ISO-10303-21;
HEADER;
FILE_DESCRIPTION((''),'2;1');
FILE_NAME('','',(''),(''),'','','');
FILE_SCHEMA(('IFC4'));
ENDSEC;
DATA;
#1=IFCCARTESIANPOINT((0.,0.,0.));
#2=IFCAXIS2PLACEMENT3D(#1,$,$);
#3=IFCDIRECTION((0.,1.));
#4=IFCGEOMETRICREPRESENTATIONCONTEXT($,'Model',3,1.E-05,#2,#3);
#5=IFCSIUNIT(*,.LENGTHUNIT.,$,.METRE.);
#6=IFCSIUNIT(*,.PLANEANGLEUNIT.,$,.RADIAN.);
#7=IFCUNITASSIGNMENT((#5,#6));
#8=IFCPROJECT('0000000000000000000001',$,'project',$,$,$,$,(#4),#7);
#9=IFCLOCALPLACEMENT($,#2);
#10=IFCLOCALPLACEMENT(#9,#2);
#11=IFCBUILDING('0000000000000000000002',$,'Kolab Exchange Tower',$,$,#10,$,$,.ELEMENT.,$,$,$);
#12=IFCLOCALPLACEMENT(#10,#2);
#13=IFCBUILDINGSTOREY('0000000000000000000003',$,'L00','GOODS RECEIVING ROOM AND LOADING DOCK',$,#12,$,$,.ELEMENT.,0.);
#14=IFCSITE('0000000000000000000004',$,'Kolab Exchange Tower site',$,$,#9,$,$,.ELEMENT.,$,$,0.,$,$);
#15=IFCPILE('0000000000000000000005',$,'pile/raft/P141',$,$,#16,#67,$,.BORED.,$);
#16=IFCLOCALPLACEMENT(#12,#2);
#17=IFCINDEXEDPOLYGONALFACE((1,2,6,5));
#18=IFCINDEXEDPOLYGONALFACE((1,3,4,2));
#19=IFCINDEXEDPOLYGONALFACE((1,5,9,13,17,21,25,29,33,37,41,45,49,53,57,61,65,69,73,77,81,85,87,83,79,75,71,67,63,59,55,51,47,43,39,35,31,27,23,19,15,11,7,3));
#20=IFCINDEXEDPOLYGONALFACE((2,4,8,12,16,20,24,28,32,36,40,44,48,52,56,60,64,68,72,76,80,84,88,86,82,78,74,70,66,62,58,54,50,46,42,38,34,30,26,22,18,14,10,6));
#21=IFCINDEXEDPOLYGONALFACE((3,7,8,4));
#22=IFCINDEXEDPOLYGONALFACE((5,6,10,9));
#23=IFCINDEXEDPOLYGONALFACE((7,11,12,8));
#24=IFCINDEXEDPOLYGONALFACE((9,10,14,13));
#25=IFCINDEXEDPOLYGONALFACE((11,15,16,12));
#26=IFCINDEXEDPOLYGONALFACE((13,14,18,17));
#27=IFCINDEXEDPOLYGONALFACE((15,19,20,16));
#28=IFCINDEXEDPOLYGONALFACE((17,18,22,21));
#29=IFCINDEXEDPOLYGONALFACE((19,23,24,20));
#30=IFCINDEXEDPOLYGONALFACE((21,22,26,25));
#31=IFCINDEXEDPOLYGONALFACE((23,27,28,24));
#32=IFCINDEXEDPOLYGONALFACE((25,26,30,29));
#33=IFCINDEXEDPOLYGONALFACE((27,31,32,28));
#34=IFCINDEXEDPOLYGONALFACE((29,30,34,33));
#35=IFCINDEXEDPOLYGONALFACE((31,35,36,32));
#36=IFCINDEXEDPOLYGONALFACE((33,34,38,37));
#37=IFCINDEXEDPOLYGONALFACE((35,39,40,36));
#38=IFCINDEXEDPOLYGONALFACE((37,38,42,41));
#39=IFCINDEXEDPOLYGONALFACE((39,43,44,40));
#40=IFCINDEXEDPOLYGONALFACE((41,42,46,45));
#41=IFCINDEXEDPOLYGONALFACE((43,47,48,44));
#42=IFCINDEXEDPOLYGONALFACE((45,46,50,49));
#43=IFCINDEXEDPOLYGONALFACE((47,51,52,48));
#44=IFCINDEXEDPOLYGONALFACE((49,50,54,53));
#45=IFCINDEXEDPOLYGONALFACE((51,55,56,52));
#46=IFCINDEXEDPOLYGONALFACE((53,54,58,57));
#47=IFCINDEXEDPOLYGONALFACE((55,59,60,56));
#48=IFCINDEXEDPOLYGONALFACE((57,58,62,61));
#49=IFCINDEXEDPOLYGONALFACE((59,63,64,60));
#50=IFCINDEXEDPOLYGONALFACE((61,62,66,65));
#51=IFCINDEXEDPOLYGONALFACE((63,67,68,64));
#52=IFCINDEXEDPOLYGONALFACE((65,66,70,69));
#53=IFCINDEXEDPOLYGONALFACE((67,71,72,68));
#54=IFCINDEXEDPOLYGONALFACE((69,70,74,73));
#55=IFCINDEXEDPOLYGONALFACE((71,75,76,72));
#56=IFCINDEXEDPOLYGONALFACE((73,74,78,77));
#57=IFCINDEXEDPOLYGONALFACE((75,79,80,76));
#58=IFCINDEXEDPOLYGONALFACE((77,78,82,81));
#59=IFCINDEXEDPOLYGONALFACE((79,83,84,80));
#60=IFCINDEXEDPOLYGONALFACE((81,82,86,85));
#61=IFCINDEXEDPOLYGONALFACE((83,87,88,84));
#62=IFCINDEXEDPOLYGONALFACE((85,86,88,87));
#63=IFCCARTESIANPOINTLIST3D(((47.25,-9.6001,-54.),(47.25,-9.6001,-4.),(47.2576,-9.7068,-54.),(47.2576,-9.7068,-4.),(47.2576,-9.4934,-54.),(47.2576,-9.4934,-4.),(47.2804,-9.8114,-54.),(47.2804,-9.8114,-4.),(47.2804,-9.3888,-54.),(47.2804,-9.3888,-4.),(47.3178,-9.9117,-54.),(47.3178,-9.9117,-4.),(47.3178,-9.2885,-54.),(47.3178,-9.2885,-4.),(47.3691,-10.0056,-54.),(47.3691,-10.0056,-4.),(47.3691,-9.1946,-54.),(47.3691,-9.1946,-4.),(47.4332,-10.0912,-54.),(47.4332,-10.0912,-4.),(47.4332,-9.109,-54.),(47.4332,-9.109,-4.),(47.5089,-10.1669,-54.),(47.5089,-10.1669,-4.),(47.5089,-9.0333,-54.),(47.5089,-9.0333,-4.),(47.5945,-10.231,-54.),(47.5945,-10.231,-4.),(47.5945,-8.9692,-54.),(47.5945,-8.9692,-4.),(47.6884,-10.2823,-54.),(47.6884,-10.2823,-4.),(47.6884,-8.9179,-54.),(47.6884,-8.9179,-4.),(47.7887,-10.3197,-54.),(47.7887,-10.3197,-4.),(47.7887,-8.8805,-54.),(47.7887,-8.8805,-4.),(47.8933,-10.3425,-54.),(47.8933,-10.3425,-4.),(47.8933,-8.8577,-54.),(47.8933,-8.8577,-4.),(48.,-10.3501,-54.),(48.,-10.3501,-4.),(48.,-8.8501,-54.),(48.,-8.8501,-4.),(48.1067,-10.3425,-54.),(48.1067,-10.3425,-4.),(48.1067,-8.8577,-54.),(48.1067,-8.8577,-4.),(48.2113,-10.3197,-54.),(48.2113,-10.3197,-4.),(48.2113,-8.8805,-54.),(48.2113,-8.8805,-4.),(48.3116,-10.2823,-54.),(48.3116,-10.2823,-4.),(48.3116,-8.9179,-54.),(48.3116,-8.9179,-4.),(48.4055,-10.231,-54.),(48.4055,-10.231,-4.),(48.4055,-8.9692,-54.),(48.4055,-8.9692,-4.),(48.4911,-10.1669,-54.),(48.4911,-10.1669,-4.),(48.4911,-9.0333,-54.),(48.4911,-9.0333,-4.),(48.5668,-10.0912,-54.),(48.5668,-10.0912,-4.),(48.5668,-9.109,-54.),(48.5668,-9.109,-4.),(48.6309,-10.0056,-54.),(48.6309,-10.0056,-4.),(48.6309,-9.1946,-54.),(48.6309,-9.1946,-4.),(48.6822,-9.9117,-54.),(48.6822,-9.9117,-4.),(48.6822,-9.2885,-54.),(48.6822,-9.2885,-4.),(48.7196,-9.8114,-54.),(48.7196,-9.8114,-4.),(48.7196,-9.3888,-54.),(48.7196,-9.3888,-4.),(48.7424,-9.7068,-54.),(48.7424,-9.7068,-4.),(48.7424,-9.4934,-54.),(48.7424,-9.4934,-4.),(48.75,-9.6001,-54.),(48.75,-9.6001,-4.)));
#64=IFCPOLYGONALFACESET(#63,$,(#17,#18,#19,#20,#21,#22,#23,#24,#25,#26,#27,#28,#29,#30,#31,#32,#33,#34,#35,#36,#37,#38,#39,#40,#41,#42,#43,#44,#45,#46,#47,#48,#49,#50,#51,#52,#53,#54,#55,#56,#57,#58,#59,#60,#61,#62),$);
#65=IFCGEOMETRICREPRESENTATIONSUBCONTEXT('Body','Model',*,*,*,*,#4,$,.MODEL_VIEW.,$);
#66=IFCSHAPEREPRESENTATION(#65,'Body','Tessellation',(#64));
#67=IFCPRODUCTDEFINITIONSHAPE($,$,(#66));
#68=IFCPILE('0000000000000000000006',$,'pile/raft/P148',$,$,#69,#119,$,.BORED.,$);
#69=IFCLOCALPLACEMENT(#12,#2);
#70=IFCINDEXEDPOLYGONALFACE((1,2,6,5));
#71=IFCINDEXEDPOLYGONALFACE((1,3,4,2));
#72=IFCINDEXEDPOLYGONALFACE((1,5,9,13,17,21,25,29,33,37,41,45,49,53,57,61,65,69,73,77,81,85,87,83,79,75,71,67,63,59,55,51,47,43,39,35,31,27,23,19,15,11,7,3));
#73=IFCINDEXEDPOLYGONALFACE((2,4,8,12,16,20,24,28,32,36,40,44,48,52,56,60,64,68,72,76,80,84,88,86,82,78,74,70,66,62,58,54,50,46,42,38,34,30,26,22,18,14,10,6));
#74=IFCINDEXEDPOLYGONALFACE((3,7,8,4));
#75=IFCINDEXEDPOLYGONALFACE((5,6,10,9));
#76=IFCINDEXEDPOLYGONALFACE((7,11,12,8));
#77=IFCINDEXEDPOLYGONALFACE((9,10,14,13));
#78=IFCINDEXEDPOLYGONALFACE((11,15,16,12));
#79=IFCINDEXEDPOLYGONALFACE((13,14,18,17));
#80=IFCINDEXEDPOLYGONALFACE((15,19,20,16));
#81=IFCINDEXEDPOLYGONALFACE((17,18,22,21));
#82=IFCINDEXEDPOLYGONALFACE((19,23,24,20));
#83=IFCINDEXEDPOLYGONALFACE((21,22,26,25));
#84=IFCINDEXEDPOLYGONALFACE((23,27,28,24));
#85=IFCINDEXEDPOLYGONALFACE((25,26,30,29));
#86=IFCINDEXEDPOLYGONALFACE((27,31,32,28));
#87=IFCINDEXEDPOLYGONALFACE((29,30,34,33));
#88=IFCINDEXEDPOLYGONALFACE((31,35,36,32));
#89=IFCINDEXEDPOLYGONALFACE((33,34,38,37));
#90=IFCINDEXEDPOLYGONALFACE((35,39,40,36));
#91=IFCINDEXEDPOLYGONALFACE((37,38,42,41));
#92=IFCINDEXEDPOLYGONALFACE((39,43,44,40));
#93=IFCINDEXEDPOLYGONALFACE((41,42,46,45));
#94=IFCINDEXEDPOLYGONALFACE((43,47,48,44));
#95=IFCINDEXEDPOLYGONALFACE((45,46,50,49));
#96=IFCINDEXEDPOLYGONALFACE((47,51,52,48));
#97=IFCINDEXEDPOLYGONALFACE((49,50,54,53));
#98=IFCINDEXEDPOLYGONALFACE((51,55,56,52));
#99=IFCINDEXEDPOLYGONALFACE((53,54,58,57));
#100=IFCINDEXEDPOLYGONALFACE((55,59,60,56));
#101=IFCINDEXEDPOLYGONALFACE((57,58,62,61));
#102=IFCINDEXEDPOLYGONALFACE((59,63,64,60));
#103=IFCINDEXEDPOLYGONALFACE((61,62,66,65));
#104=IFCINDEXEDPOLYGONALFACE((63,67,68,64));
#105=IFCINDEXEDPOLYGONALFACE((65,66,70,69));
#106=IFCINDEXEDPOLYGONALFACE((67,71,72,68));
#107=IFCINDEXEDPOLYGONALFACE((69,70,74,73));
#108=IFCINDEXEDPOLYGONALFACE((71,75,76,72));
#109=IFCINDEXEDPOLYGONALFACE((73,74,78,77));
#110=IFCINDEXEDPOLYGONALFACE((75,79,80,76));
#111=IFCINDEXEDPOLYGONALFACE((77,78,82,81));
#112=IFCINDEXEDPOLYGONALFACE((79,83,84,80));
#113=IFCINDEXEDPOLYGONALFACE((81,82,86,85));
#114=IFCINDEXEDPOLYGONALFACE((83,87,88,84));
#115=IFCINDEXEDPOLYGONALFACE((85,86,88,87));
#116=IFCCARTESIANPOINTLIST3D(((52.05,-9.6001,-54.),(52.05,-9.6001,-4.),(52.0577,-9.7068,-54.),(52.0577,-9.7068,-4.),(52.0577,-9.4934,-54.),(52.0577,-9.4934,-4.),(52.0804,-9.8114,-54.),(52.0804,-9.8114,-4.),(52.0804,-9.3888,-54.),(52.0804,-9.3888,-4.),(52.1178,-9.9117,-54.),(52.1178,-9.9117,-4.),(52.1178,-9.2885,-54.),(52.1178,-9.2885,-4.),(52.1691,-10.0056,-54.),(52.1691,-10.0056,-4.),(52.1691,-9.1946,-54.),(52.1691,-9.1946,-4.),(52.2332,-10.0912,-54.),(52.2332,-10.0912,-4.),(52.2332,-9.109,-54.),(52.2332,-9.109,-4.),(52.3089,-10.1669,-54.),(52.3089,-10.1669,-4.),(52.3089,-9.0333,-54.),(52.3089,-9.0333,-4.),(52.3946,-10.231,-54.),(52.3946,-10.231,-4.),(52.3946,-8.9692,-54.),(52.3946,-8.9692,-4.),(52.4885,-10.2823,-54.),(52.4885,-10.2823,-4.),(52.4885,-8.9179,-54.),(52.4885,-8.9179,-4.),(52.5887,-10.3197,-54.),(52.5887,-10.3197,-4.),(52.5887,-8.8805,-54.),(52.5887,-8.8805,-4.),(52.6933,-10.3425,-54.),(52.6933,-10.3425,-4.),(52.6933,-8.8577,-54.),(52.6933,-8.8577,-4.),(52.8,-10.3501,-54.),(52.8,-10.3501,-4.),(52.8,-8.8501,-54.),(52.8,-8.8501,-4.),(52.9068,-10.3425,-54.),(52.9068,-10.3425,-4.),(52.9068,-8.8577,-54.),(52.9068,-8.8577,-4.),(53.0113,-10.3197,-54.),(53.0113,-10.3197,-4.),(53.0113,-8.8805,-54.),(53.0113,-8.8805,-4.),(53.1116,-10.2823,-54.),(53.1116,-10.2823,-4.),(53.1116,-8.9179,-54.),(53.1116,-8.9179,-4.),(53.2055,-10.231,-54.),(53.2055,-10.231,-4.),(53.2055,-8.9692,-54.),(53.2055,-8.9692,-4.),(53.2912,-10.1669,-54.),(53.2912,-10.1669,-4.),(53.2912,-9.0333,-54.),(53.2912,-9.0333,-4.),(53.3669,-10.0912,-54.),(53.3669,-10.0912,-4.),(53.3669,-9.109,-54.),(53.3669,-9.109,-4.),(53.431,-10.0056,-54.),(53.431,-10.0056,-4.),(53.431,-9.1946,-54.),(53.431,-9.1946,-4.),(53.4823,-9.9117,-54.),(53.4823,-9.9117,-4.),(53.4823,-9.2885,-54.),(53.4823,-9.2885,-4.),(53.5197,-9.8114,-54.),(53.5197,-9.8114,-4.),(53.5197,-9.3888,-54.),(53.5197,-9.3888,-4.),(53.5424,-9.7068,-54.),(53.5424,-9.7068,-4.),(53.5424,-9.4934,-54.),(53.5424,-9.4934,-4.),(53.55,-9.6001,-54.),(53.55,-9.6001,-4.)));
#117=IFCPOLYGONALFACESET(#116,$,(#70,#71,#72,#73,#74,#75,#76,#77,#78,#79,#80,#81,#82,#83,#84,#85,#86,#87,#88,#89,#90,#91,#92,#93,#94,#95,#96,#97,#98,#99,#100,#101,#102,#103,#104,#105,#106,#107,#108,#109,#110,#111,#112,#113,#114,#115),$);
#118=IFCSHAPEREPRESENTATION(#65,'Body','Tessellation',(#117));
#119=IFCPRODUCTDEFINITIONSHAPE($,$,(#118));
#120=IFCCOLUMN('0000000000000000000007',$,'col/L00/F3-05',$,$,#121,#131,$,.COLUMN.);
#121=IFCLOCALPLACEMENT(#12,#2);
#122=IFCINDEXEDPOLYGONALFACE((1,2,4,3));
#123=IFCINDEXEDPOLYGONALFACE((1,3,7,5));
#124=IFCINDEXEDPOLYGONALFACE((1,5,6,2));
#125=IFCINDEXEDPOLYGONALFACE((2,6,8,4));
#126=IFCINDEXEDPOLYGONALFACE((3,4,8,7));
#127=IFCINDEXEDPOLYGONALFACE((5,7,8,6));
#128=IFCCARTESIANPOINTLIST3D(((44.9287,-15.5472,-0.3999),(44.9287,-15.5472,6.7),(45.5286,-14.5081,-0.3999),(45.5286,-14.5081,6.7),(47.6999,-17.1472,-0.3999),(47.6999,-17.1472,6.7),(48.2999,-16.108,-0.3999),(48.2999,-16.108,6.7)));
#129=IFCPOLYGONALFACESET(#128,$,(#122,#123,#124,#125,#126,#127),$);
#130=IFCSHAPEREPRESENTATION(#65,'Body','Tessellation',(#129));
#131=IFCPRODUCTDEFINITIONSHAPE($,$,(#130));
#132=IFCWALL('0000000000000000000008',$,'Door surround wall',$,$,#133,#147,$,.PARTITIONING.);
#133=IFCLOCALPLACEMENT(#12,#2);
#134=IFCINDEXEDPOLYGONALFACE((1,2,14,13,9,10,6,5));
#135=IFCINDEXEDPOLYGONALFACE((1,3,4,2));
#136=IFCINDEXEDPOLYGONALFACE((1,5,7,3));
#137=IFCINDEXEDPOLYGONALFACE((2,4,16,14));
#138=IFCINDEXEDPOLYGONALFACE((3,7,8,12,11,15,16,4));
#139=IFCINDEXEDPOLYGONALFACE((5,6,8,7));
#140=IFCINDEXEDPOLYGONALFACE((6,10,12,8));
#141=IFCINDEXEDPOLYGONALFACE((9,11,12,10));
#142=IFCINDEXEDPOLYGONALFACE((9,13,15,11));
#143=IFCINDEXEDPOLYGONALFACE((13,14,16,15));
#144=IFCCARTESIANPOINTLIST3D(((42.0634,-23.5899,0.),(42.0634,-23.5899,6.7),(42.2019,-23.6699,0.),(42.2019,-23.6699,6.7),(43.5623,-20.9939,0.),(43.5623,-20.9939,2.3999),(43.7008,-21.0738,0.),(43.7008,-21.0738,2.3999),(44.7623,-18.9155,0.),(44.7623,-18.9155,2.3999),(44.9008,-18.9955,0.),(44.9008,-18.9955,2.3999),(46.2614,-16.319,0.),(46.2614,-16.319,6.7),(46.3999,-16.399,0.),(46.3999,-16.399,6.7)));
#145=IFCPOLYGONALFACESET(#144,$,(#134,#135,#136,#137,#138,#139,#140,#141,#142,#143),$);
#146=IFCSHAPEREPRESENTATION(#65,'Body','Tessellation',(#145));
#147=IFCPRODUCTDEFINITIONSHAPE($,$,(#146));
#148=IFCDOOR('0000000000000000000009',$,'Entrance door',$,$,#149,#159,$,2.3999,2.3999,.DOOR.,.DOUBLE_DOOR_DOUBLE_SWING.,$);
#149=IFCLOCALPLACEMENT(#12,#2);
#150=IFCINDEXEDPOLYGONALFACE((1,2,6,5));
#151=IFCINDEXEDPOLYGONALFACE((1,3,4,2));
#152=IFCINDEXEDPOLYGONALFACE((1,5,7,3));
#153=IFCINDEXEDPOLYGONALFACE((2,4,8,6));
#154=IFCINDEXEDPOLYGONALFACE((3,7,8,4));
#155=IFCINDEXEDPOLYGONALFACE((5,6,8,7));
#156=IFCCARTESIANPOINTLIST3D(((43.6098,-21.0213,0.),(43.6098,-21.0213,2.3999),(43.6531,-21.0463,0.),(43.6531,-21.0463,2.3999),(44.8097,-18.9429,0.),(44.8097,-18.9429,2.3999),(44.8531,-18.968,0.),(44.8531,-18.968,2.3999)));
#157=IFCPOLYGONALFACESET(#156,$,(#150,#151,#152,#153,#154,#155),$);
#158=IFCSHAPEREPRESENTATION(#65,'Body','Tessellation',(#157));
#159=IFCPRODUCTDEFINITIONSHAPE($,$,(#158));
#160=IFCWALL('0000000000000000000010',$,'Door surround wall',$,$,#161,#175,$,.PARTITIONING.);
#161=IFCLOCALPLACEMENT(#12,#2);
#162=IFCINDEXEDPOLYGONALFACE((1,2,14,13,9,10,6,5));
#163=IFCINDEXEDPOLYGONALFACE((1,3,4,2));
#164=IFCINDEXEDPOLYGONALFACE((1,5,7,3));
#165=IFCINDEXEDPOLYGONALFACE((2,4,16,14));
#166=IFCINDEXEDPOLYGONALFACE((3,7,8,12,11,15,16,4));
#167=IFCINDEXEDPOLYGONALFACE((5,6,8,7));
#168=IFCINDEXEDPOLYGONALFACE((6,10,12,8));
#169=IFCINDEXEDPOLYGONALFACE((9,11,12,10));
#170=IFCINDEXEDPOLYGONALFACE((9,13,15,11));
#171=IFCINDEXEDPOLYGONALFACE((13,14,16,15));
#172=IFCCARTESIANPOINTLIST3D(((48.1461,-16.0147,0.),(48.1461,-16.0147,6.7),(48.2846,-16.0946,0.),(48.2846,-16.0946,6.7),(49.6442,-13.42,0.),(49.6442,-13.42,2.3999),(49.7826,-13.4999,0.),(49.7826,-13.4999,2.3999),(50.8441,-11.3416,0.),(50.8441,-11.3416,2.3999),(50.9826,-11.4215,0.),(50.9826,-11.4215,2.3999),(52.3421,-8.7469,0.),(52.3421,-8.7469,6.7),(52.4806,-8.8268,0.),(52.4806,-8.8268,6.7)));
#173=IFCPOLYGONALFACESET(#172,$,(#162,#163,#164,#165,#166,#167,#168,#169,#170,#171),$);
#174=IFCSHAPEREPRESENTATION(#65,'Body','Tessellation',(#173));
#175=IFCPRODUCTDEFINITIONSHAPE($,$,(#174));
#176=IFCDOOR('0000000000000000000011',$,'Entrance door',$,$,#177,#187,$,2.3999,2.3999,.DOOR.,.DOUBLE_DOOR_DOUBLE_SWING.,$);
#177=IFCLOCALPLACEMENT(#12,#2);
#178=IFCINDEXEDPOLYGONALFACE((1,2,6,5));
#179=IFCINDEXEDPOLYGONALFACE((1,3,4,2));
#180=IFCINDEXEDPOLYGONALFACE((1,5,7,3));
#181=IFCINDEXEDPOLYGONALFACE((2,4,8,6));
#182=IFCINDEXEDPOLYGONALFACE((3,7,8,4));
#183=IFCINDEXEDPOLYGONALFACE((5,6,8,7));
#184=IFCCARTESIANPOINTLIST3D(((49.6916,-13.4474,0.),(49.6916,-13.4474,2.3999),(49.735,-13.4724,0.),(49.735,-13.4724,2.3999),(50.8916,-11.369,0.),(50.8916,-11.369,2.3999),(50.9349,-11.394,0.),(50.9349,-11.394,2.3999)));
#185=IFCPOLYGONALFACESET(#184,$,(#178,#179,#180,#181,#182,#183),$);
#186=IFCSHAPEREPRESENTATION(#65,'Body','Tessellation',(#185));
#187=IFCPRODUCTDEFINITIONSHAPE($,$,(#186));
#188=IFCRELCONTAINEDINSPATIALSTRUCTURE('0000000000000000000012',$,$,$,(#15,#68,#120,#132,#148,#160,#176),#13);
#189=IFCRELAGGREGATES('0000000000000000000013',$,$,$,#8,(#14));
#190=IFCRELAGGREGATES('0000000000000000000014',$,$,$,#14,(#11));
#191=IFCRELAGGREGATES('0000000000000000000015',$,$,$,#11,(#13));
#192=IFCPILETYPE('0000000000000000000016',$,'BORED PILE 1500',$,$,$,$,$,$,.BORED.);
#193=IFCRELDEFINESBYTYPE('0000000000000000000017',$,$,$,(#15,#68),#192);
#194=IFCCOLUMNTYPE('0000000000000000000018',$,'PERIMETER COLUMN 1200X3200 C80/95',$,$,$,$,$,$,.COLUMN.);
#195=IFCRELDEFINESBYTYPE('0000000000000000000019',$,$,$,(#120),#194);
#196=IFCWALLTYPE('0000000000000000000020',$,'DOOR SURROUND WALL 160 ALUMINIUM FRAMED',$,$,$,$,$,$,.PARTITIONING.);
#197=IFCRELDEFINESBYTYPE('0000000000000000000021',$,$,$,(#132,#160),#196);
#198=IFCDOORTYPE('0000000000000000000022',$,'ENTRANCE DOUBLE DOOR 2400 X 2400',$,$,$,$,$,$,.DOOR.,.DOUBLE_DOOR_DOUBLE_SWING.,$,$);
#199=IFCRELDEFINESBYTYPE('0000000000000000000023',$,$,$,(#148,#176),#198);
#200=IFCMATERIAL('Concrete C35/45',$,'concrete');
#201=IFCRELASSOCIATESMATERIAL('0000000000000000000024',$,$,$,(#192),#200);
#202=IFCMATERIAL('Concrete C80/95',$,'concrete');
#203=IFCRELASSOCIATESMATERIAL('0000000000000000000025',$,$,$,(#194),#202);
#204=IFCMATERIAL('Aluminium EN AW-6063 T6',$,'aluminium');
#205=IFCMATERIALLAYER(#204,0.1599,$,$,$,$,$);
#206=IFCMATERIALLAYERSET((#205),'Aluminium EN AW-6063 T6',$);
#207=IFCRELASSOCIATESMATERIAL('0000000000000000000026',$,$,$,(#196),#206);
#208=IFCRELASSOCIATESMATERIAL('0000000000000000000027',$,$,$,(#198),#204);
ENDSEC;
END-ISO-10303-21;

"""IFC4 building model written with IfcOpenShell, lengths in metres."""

from ifc_helpers import new_model, si_unit, direction, frame, frame_2d, origin, origin_2d, place, context, subcontext, project, spatial, rectangle, circle, extrude, material, layer, layer_set, material_profile, profile_set, type_object, element, fill, save


model = new_model("IFC4")

# Units and contexts
model_context = context("Model", 3, precision=1e-05, world=origin(), true_north=direction((0.0, 1.0)))
body_context = subcontext(model_context, "Body", "Model", "MODEL_VIEW")
ifc_project = project(units=[si_unit("LENGTHUNIT", "METRE"), si_unit("PLANEANGLEUNIT", "RADIAN")], contexts=[model_context])

# Site, building, storey
site_placement = place(None, origin())
site = spatial("IfcSite", under=ifc_project, at=site_placement, Name="Kolab Exchange Tower site", CompositionType="ELEMENT", RefElevation=0.0)
building_placement = place(site_placement, origin())
building = spatial("IfcBuilding", under=site, at=building_placement, Name="Kolab Exchange Tower", CompositionType="ELEMENT")
storey_placement = place(building_placement, origin())
storey = spatial("IfcBuildingStorey", under=building, at=storey_placement, Name="L00", Description="GOODS RECEIVING ROOM AND LOADING DOCK", CompositionType="ELEMENT", Elevation=0.0)

# Piles
ifc_material_1 = material(Name="Concrete C35/45", Category="concrete")
ifc_material_profile_1 = material_profile(ifc_material_1, circle(Radius=0.75, at=origin_2d()), Name="BP1500")
ifc_profile_set_1 = profile_set([ifc_material_profile_1], Name="Concrete C35/45")
pile_type = type_object("IfcPileType", Name="BORED PILE 1500", PredefinedType="BORED", material=ifc_profile_set_1)
for number, where, z_axis, x_axis, name in (
    (1, (48.0, -9.6001, -4.0), (0.0, 0.0, -1.0), (1.0, 0.0, 0.0), "pile/raft/P141"),
    (2, (52.8, -9.6001, -4.0), (0.0, 0.0, -1.0), (1.0, 0.0, 0.0), "pile/raft/P148"),
):
    element("IfcPile", number, at=place(storey_placement, frame(where, z_axis=z_axis, x_axis=x_axis)), inside=storey, type_object=pile_type, Name=name, PredefinedType="BORED", context=body_context, shape_type="SweptSolid", body=[
        extrude(circle(Radius=0.75, at=origin_2d()), origin(), (0.0, 0.0, 1.0), 50.0),
    ])

# Column
ifc_material_2 = material(Name="Concrete C80/95", Category="concrete")
ifc_material_profile_2 = material_profile(ifc_material_2, rectangle(XDim=1.2, YDim=3.2, at=origin_2d()), Name="RC1200X3200")
ifc_profile_set_2 = profile_set([ifc_material_profile_2], Name="Concrete C80/95")
column_type = type_object("IfcColumnType", Name="PERIMETER COLUMN 1200X3200 C80/95", PredefinedType="COLUMN", material=ifc_profile_set_2)
column_placement = place(storey_placement, frame((46.6143, -15.8276, -0.3999), z_axis=(0.0, 0.0, 1.0), x_axis=(0.5, 0.866025, 0.0)))
element("IfcColumn", 3, at=column_placement, inside=storey, type_object=column_type, Name="col/L00/F3-05", PredefinedType="COLUMN", context=body_context, shape_type="SweptSolid", body=[
    extrude(rectangle(XDim=1.2, YDim=3.2, at=origin_2d()), origin(), (0.0, 0.0, 1.0), 7.0999),
])

# Walls, openings, doors
ifc_material_3 = material(Name="Aluminium EN AW-6063 T6", Category="aluminium")
ifc_layer_1 = layer(ifc_material_3, 0.1599)
ifc_layer_set_1 = layer_set([ifc_layer_1], Name="Aluminium EN AW-6063 T6")
wall_type_1 = type_object("IfcWallType", Name="DOOR SURROUND WALL 160 ALUMINIUM FRAMED", PredefinedType="PARTITIONING", material=ifc_layer_set_1)
wall_1_placement = place(storey_placement, frame((46.3306, -16.3591, 0.0), z_axis=(0.0, 0.0, 1.0), x_axis=(-0.500008, -0.866021, 0.0)))
wall_1 = element("IfcWall", 4, at=wall_1_placement, inside=storey, type_object=wall_type_1, Name="Door surround wall", PredefinedType="PARTITIONING", context=body_context, shape_type="SweptSolid", body=[
    extrude(rectangle(XDim=8.3958, YDim=0.1599, at=frame_2d((4.1978, 0.0))), origin(), (0.0, 0.0, 1.0), 6.7),
])
opening_1_placement = place(wall_1_placement, frame((2.998, 0.0, 0.0)))
opening_1 = element("IfcOpeningElement", 5, at=opening_1_placement, cuts=wall_1, PredefinedType="OPENING", context=body_context, shape_type="SweptSolid", body=[
    extrude(rectangle(XDim=2.3999, YDim=2.3999, at=frame_2d((1.2, 1.2))), frame((0.0, 0.0898, 0.0), z_axis=(0.0, -1.0, 0.0), x_axis=(1.0, 0.0, 0.0)), (0.0, 0.0, 1.0), 0.1799),
])
door_type = type_object("IfcDoorType", Name="ENTRANCE DOUBLE DOOR 2400 X 2400", OperationType="DOUBLE_DOOR_DOUBLE_SWING", PredefinedType="DOOR", material=ifc_material_3)
door_1_placement = place(opening_1_placement, origin())
door_1 = element("IfcDoor", 6, at=door_1_placement, inside=storey, type_object=door_type, Name="Entrance door", OperationType="DOUBLE_DOOR_DOUBLE_SWING", OverallHeight=2.3999, OverallWidth=2.3999, PredefinedType="DOOR", context=body_context, shape_type="SweptSolid", body=[
    extrude(rectangle(XDim=2.3999, YDim=2.3999, at=frame_2d((1.2, 1.2))), frame((0.0, 0.0249, 0.0), z_axis=(0.0, -1.0, 0.0), x_axis=(1.0, 0.0, 0.0)), (0.0, 0.0, 1.0), 0.05),
])
fill(opening_1, door_1)
wall_2_placement = place(storey_placement, frame((52.4114, -8.7869, 0.0), z_axis=(0.0, 0.0, 1.0), x_axis=(-0.499997, -0.866027, 0.0)))
wall_2 = element("IfcWall", 7, at=wall_2_placement, inside=storey, type_object=wall_type_1, Name="Door surround wall", PredefinedType="PARTITIONING", context=body_context, shape_type="SweptSolid", body=[
    extrude(rectangle(XDim=8.3921, YDim=0.1599, at=frame_2d((4.196, 0.0))), origin(), (0.0, 0.0, 1.0), 6.7),
])
opening_2_placement = place(wall_2_placement, frame((2.9961, 0.0, 0.0)))
opening_2 = element("IfcOpeningElement", 8, at=opening_2_placement, cuts=wall_2, PredefinedType="OPENING", context=body_context, shape_type="SweptSolid", body=[
    extrude(rectangle(XDim=2.3999, YDim=2.3999, at=frame_2d((1.2, 1.2))), frame((0.0, 0.0898, 0.0), z_axis=(0.0, -1.0, 0.0), x_axis=(1.0, 0.0, 0.0)), (0.0, 0.0, 1.0), 0.1799),
])
door_2_placement = place(opening_2_placement, origin())
door_2 = element("IfcDoor", 9, at=door_2_placement, inside=storey, type_object=door_type, Name="Entrance door", OperationType="DOUBLE_DOOR_DOUBLE_SWING", OverallHeight=2.3999, OverallWidth=2.3999, PredefinedType="DOOR", context=body_context, shape_type="SweptSolid", body=[
    extrude(rectangle(XDim=2.3999, YDim=2.3999, at=frame_2d((1.2, 1.2))), frame((0.0, 0.0249, 0.0), z_axis=(0.0, -1.0, 0.0), x_axis=(1.0, 0.0, 0.0)), (0.0, 0.0, 1.0), 0.05),
])
fill(opening_2, door_2)

save(model, "model.ifc")
